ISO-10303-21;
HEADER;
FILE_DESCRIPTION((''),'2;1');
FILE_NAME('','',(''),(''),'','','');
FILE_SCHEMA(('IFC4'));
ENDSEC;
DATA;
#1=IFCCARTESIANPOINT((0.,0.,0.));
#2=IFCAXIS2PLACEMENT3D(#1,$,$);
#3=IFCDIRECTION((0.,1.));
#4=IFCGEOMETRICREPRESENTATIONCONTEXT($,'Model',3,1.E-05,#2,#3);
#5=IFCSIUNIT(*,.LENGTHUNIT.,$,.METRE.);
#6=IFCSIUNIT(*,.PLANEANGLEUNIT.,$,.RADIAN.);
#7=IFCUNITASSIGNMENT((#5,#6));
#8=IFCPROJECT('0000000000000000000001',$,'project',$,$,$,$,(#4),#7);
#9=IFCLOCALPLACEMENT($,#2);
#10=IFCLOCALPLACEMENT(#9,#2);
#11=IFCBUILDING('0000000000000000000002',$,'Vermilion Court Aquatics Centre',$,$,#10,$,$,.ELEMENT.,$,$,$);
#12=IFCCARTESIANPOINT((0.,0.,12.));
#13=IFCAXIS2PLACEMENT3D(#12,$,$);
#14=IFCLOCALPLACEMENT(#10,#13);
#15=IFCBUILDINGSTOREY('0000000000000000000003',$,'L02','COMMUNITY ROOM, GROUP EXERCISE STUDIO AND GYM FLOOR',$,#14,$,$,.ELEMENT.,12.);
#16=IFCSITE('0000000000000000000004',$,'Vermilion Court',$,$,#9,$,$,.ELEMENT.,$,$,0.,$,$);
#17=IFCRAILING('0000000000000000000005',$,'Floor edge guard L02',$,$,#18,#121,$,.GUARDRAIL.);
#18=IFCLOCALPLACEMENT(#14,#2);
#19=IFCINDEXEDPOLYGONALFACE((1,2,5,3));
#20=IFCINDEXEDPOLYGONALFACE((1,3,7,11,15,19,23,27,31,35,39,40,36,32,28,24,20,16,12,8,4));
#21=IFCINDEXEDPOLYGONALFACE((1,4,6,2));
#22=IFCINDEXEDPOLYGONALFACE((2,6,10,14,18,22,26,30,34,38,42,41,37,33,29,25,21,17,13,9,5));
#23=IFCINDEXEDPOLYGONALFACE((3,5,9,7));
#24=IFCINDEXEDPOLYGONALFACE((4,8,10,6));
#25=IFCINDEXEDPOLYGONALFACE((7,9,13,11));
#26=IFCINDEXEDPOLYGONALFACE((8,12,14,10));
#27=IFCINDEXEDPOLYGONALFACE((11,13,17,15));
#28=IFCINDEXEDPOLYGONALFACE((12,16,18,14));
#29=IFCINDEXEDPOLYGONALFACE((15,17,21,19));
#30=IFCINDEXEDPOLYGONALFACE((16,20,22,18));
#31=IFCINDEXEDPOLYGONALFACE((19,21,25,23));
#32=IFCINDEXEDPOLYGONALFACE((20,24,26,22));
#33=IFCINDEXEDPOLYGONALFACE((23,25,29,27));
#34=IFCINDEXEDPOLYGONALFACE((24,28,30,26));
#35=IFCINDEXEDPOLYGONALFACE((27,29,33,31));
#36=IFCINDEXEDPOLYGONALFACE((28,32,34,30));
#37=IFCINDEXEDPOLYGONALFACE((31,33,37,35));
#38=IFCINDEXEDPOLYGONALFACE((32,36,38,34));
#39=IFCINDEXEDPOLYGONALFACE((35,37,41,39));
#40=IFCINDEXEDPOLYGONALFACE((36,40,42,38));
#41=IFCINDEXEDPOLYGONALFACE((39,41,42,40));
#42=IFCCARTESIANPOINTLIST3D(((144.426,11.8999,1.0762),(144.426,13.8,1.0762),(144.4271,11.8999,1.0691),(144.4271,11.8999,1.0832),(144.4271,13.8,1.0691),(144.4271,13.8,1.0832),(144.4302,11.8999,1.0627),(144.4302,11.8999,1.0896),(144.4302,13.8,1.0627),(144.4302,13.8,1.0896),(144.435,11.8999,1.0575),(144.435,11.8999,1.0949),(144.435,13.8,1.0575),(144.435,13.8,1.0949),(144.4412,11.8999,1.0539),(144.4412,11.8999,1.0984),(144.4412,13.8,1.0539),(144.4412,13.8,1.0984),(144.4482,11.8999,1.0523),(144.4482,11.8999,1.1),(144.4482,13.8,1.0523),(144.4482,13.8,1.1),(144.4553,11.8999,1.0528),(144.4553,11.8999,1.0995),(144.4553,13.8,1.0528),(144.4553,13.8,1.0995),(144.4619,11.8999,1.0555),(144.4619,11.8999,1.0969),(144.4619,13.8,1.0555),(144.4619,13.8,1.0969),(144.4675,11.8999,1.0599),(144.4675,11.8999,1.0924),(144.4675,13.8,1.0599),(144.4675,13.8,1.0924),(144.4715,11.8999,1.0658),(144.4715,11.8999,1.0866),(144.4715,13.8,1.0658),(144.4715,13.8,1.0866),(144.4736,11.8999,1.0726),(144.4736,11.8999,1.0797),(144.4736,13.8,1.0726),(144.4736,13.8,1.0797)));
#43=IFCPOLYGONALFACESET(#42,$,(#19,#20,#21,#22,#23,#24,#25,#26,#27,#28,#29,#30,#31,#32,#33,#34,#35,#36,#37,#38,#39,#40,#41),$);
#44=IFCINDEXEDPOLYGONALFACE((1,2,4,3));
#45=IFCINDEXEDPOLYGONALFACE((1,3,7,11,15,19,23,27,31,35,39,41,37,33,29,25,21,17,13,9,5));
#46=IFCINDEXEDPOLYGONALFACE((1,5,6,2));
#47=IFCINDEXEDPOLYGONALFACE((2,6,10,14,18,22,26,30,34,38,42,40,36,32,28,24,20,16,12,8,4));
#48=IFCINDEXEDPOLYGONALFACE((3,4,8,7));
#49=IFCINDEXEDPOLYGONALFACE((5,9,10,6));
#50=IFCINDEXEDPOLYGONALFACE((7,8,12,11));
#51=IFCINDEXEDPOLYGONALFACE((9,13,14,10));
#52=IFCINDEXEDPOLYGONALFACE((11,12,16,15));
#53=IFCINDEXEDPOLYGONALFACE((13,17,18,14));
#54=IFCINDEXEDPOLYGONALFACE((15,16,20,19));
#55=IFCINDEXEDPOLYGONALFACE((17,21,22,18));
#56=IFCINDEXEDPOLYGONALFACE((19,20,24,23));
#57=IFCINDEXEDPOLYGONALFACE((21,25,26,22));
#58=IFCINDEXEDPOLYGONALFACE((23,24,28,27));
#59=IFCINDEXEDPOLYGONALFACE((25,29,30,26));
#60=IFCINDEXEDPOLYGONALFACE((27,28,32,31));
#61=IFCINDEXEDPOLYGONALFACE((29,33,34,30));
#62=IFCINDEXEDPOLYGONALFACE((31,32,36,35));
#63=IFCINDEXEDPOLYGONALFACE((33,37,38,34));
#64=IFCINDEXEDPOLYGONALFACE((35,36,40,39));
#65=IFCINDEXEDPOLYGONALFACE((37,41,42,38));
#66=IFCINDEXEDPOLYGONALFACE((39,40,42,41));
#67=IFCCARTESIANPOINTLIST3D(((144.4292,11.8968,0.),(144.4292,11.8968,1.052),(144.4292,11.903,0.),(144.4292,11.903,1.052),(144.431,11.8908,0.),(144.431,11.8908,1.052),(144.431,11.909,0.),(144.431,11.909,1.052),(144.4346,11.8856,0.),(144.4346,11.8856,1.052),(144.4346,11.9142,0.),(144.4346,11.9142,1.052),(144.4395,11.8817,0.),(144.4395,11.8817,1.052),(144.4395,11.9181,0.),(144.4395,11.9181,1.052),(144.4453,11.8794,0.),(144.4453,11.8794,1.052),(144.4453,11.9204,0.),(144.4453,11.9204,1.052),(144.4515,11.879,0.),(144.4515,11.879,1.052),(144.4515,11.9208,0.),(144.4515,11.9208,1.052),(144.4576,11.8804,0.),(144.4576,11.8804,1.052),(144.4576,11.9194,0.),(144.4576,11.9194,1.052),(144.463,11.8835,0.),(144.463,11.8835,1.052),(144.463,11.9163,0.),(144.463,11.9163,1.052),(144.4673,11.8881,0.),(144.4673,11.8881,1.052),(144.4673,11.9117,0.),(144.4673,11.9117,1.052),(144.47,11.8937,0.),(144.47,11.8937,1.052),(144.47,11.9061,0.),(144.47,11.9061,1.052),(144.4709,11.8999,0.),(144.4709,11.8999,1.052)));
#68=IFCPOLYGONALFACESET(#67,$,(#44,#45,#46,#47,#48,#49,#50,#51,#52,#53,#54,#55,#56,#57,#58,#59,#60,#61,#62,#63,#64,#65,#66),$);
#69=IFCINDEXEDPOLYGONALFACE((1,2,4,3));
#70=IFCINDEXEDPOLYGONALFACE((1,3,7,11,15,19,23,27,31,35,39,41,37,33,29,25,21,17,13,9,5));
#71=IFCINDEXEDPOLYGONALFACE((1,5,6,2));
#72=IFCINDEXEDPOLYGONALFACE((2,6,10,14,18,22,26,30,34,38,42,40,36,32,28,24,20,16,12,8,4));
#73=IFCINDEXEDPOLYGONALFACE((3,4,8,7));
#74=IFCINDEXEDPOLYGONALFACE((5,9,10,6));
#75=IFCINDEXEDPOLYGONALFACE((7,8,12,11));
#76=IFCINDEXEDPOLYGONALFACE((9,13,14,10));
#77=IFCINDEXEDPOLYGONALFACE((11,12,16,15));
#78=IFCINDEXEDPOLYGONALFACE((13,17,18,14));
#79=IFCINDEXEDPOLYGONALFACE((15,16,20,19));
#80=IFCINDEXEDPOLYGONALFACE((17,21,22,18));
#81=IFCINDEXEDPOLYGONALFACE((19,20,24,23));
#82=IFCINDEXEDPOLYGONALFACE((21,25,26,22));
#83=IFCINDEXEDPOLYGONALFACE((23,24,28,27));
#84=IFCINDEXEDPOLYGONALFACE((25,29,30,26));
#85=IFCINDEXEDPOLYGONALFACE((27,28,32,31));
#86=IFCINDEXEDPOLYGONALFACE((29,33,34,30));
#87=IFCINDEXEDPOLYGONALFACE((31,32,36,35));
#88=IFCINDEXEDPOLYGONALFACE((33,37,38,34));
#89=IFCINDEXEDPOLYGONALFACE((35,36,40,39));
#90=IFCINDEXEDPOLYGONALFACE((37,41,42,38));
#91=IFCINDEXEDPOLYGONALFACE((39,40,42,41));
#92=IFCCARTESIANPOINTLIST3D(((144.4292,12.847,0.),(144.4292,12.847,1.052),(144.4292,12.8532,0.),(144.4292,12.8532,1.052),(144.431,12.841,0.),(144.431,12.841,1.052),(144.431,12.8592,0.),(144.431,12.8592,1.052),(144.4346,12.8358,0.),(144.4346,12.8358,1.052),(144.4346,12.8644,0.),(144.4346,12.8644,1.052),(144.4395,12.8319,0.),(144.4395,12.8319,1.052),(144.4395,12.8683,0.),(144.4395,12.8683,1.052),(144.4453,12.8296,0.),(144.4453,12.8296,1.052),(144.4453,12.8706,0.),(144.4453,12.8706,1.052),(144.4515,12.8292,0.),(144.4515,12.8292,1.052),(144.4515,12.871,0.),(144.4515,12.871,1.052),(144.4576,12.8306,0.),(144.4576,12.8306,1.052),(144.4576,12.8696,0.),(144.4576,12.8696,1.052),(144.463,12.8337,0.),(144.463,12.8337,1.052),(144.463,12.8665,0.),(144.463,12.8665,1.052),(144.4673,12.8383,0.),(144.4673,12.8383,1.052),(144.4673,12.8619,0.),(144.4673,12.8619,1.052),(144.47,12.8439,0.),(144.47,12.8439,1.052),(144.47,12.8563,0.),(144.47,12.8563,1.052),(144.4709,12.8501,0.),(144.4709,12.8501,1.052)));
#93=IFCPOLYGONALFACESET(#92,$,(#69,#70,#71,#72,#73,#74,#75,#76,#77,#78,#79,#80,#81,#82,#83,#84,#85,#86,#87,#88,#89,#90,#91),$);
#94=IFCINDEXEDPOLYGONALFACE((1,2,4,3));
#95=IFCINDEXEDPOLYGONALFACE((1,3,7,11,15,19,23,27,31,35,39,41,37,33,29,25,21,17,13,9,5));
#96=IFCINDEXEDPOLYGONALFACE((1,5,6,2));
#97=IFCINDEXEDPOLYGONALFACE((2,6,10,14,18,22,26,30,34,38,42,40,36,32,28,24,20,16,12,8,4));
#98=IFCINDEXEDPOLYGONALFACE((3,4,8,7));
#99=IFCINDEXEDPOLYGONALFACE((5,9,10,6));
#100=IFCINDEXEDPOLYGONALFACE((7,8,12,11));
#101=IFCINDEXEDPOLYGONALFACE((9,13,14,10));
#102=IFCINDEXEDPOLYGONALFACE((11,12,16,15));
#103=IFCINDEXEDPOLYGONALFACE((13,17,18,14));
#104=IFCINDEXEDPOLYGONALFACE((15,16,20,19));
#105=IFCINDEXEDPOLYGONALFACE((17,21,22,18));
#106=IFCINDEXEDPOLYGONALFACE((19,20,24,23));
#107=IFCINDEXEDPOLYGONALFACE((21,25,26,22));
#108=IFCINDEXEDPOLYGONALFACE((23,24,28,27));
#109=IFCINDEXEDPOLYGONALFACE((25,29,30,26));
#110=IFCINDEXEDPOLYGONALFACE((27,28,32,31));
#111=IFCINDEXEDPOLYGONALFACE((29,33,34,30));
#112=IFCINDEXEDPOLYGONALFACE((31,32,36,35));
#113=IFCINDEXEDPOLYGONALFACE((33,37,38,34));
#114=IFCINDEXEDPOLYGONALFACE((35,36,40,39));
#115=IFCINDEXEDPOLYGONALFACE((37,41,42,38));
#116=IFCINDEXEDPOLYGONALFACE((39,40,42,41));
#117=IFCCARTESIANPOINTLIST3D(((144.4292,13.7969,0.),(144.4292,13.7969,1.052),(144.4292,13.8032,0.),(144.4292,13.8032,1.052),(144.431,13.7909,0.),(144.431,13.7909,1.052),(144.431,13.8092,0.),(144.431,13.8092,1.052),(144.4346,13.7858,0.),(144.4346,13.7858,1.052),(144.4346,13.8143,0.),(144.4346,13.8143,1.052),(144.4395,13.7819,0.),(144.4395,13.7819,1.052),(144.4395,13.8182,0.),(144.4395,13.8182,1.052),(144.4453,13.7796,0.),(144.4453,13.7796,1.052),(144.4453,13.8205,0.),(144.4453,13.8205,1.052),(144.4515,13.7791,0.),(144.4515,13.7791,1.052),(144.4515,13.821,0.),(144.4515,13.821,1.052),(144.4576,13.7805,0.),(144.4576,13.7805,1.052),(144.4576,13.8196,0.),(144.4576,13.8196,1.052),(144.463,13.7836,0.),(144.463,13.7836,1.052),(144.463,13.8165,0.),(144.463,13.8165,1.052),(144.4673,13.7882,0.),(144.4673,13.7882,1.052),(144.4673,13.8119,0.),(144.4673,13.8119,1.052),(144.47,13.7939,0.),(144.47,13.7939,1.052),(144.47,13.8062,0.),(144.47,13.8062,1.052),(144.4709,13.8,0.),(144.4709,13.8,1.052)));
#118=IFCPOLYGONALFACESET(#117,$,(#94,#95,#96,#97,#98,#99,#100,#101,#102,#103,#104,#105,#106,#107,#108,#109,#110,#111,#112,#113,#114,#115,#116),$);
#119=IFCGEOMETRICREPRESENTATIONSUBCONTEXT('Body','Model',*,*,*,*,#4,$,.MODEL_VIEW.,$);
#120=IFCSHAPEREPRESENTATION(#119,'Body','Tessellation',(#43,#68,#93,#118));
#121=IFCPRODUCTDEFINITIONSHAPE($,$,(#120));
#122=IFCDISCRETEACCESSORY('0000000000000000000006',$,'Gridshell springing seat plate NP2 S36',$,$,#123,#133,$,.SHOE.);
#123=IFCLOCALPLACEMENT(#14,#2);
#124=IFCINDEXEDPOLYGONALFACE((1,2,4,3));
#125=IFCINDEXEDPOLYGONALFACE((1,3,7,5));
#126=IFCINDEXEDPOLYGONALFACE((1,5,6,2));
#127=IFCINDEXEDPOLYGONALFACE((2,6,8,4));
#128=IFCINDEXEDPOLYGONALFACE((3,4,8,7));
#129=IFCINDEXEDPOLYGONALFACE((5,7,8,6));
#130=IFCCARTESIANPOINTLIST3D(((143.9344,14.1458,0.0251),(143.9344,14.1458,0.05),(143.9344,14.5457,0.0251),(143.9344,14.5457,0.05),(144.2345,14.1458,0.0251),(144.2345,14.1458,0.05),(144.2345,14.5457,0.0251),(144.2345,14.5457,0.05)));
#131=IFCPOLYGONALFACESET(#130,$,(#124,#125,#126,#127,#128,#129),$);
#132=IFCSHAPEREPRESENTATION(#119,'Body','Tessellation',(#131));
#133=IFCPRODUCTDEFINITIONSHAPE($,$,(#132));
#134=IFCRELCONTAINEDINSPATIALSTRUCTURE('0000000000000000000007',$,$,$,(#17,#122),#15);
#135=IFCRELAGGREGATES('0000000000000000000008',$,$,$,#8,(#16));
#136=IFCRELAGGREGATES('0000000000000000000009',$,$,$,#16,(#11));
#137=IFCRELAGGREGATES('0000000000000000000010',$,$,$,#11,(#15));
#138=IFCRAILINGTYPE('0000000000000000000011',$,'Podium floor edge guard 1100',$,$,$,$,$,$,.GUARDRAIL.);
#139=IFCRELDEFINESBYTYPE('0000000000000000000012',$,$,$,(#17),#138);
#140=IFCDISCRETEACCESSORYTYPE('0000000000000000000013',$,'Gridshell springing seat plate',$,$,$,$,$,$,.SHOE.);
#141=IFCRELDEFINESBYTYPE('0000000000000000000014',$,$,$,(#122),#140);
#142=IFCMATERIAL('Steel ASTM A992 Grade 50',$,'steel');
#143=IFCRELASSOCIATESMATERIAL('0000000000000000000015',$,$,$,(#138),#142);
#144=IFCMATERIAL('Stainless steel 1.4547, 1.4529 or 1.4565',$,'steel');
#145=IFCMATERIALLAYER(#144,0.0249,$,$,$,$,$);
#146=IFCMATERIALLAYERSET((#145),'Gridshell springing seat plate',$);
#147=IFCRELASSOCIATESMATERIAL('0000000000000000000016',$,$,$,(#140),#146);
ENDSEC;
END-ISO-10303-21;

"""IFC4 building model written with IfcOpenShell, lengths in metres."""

from ifc_helpers import new_model, si_unit, direction, frame, origin, origin_2d, place, context, subcontext, project, spatial, rectangle, circle, extrude, material, layer, layer_set, type_object, element, save


model = new_model("IFC4")

# Units and contexts
model_context = context("Model", 3, precision=1e-05, world=origin(), true_north=direction((0.0, 1.0)))
body_context = subcontext(model_context, "Body", "Model", "MODEL_VIEW")
ifc_project = project(units=[si_unit("LENGTHUNIT", "METRE"), si_unit("PLANEANGLEUNIT", "RADIAN")], contexts=[model_context])

# Site, building, storey
site_placement = place(None, origin())
site = spatial("IfcSite", under=ifc_project, at=site_placement, Name="Vermilion Court", CompositionType="ELEMENT", RefElevation=0.0)
building_placement = place(site_placement, origin())
building = spatial("IfcBuilding", under=site, at=building_placement, Name="Vermilion Court Aquatics Centre", CompositionType="ELEMENT")
storey_placement = place(building_placement, frame((0.0, 0.0, 12.0)))
storey = spatial("IfcBuildingStorey", under=building, at=storey_placement, Name="L02", Description="COMMUNITY ROOM, GROUP EXERCISE STUDIO AND GYM FLOOR", CompositionType="ELEMENT", Elevation=12.0)

# Railing
ifc_material_1 = material(Name="Steel ASTM A992 Grade 50", Category="steel")
railing_type = type_object("IfcRailingType", Name="Podium floor edge guard 1100", PredefinedType="GUARDRAIL", material=ifc_material_1)
railing_placement = place(storey_placement, frame((144.45, 11.8999, 0.0)))
element("IfcRailing", 1, at=railing_placement, inside=storey, type_object=railing_type, Name="Floor edge guard L02", PredefinedType="GUARDRAIL", context=body_context, shape_type="SweptSolid", body=[
    extrude(circle(Radius=0.0239, at=origin_2d()), frame((0.0, 0.0, 1.0762), z_axis=(0.0, 1.0, 0.0), x_axis=(-1.0, 0.0, 0.0)), (0.0, 0.0, 1.0), 1.9001),
    extrude(circle(Radius=0.021, at=origin_2d()), origin(), (0.0, 0.0, 1.0), 1.052),
    extrude(circle(Radius=0.021, at=origin_2d()), frame((0.0, 0.9502, 0.0)), (0.0, 0.0, 1.0), 1.052),
    extrude(circle(Radius=0.021, at=origin_2d()), frame((0.0, 1.9001, 0.0)), (0.0, 0.0, 1.0), 1.052),
])

# Discrete accessory
ifc_material_2 = material(Name="Stainless steel 1.4547, 1.4529 or 1.4565", Category="steel")
ifc_layer_1 = layer(ifc_material_2, 0.0249)
ifc_layer_set_1 = layer_set([ifc_layer_1], Name="Gridshell springing seat plate")
discrete_accessory_type = type_object("IfcDiscreteAccessoryType", Name="Gridshell springing seat plate", PredefinedType="SHOE", material=ifc_layer_set_1)
discrete_accessory_placement = place(storey_placement, frame((144.0845, 14.3457, 0.0251), z_axis=(0.0, 0.0, 1.0), x_axis=(1.0, 0.0, 0.0)))
element("IfcDiscreteAccessory", 2, at=discrete_accessory_placement, inside=storey, type_object=discrete_accessory_type, Name="Gridshell springing seat plate NP2 S36", PredefinedType="SHOE", context=body_context, shape_type="SweptSolid", body=[
    extrude(rectangle(XDim=0.3, YDim=0.3999, at=origin_2d()), origin(), (0.0, 0.0, 1.0), 0.0249),
])

save(model, "model.ifc")
